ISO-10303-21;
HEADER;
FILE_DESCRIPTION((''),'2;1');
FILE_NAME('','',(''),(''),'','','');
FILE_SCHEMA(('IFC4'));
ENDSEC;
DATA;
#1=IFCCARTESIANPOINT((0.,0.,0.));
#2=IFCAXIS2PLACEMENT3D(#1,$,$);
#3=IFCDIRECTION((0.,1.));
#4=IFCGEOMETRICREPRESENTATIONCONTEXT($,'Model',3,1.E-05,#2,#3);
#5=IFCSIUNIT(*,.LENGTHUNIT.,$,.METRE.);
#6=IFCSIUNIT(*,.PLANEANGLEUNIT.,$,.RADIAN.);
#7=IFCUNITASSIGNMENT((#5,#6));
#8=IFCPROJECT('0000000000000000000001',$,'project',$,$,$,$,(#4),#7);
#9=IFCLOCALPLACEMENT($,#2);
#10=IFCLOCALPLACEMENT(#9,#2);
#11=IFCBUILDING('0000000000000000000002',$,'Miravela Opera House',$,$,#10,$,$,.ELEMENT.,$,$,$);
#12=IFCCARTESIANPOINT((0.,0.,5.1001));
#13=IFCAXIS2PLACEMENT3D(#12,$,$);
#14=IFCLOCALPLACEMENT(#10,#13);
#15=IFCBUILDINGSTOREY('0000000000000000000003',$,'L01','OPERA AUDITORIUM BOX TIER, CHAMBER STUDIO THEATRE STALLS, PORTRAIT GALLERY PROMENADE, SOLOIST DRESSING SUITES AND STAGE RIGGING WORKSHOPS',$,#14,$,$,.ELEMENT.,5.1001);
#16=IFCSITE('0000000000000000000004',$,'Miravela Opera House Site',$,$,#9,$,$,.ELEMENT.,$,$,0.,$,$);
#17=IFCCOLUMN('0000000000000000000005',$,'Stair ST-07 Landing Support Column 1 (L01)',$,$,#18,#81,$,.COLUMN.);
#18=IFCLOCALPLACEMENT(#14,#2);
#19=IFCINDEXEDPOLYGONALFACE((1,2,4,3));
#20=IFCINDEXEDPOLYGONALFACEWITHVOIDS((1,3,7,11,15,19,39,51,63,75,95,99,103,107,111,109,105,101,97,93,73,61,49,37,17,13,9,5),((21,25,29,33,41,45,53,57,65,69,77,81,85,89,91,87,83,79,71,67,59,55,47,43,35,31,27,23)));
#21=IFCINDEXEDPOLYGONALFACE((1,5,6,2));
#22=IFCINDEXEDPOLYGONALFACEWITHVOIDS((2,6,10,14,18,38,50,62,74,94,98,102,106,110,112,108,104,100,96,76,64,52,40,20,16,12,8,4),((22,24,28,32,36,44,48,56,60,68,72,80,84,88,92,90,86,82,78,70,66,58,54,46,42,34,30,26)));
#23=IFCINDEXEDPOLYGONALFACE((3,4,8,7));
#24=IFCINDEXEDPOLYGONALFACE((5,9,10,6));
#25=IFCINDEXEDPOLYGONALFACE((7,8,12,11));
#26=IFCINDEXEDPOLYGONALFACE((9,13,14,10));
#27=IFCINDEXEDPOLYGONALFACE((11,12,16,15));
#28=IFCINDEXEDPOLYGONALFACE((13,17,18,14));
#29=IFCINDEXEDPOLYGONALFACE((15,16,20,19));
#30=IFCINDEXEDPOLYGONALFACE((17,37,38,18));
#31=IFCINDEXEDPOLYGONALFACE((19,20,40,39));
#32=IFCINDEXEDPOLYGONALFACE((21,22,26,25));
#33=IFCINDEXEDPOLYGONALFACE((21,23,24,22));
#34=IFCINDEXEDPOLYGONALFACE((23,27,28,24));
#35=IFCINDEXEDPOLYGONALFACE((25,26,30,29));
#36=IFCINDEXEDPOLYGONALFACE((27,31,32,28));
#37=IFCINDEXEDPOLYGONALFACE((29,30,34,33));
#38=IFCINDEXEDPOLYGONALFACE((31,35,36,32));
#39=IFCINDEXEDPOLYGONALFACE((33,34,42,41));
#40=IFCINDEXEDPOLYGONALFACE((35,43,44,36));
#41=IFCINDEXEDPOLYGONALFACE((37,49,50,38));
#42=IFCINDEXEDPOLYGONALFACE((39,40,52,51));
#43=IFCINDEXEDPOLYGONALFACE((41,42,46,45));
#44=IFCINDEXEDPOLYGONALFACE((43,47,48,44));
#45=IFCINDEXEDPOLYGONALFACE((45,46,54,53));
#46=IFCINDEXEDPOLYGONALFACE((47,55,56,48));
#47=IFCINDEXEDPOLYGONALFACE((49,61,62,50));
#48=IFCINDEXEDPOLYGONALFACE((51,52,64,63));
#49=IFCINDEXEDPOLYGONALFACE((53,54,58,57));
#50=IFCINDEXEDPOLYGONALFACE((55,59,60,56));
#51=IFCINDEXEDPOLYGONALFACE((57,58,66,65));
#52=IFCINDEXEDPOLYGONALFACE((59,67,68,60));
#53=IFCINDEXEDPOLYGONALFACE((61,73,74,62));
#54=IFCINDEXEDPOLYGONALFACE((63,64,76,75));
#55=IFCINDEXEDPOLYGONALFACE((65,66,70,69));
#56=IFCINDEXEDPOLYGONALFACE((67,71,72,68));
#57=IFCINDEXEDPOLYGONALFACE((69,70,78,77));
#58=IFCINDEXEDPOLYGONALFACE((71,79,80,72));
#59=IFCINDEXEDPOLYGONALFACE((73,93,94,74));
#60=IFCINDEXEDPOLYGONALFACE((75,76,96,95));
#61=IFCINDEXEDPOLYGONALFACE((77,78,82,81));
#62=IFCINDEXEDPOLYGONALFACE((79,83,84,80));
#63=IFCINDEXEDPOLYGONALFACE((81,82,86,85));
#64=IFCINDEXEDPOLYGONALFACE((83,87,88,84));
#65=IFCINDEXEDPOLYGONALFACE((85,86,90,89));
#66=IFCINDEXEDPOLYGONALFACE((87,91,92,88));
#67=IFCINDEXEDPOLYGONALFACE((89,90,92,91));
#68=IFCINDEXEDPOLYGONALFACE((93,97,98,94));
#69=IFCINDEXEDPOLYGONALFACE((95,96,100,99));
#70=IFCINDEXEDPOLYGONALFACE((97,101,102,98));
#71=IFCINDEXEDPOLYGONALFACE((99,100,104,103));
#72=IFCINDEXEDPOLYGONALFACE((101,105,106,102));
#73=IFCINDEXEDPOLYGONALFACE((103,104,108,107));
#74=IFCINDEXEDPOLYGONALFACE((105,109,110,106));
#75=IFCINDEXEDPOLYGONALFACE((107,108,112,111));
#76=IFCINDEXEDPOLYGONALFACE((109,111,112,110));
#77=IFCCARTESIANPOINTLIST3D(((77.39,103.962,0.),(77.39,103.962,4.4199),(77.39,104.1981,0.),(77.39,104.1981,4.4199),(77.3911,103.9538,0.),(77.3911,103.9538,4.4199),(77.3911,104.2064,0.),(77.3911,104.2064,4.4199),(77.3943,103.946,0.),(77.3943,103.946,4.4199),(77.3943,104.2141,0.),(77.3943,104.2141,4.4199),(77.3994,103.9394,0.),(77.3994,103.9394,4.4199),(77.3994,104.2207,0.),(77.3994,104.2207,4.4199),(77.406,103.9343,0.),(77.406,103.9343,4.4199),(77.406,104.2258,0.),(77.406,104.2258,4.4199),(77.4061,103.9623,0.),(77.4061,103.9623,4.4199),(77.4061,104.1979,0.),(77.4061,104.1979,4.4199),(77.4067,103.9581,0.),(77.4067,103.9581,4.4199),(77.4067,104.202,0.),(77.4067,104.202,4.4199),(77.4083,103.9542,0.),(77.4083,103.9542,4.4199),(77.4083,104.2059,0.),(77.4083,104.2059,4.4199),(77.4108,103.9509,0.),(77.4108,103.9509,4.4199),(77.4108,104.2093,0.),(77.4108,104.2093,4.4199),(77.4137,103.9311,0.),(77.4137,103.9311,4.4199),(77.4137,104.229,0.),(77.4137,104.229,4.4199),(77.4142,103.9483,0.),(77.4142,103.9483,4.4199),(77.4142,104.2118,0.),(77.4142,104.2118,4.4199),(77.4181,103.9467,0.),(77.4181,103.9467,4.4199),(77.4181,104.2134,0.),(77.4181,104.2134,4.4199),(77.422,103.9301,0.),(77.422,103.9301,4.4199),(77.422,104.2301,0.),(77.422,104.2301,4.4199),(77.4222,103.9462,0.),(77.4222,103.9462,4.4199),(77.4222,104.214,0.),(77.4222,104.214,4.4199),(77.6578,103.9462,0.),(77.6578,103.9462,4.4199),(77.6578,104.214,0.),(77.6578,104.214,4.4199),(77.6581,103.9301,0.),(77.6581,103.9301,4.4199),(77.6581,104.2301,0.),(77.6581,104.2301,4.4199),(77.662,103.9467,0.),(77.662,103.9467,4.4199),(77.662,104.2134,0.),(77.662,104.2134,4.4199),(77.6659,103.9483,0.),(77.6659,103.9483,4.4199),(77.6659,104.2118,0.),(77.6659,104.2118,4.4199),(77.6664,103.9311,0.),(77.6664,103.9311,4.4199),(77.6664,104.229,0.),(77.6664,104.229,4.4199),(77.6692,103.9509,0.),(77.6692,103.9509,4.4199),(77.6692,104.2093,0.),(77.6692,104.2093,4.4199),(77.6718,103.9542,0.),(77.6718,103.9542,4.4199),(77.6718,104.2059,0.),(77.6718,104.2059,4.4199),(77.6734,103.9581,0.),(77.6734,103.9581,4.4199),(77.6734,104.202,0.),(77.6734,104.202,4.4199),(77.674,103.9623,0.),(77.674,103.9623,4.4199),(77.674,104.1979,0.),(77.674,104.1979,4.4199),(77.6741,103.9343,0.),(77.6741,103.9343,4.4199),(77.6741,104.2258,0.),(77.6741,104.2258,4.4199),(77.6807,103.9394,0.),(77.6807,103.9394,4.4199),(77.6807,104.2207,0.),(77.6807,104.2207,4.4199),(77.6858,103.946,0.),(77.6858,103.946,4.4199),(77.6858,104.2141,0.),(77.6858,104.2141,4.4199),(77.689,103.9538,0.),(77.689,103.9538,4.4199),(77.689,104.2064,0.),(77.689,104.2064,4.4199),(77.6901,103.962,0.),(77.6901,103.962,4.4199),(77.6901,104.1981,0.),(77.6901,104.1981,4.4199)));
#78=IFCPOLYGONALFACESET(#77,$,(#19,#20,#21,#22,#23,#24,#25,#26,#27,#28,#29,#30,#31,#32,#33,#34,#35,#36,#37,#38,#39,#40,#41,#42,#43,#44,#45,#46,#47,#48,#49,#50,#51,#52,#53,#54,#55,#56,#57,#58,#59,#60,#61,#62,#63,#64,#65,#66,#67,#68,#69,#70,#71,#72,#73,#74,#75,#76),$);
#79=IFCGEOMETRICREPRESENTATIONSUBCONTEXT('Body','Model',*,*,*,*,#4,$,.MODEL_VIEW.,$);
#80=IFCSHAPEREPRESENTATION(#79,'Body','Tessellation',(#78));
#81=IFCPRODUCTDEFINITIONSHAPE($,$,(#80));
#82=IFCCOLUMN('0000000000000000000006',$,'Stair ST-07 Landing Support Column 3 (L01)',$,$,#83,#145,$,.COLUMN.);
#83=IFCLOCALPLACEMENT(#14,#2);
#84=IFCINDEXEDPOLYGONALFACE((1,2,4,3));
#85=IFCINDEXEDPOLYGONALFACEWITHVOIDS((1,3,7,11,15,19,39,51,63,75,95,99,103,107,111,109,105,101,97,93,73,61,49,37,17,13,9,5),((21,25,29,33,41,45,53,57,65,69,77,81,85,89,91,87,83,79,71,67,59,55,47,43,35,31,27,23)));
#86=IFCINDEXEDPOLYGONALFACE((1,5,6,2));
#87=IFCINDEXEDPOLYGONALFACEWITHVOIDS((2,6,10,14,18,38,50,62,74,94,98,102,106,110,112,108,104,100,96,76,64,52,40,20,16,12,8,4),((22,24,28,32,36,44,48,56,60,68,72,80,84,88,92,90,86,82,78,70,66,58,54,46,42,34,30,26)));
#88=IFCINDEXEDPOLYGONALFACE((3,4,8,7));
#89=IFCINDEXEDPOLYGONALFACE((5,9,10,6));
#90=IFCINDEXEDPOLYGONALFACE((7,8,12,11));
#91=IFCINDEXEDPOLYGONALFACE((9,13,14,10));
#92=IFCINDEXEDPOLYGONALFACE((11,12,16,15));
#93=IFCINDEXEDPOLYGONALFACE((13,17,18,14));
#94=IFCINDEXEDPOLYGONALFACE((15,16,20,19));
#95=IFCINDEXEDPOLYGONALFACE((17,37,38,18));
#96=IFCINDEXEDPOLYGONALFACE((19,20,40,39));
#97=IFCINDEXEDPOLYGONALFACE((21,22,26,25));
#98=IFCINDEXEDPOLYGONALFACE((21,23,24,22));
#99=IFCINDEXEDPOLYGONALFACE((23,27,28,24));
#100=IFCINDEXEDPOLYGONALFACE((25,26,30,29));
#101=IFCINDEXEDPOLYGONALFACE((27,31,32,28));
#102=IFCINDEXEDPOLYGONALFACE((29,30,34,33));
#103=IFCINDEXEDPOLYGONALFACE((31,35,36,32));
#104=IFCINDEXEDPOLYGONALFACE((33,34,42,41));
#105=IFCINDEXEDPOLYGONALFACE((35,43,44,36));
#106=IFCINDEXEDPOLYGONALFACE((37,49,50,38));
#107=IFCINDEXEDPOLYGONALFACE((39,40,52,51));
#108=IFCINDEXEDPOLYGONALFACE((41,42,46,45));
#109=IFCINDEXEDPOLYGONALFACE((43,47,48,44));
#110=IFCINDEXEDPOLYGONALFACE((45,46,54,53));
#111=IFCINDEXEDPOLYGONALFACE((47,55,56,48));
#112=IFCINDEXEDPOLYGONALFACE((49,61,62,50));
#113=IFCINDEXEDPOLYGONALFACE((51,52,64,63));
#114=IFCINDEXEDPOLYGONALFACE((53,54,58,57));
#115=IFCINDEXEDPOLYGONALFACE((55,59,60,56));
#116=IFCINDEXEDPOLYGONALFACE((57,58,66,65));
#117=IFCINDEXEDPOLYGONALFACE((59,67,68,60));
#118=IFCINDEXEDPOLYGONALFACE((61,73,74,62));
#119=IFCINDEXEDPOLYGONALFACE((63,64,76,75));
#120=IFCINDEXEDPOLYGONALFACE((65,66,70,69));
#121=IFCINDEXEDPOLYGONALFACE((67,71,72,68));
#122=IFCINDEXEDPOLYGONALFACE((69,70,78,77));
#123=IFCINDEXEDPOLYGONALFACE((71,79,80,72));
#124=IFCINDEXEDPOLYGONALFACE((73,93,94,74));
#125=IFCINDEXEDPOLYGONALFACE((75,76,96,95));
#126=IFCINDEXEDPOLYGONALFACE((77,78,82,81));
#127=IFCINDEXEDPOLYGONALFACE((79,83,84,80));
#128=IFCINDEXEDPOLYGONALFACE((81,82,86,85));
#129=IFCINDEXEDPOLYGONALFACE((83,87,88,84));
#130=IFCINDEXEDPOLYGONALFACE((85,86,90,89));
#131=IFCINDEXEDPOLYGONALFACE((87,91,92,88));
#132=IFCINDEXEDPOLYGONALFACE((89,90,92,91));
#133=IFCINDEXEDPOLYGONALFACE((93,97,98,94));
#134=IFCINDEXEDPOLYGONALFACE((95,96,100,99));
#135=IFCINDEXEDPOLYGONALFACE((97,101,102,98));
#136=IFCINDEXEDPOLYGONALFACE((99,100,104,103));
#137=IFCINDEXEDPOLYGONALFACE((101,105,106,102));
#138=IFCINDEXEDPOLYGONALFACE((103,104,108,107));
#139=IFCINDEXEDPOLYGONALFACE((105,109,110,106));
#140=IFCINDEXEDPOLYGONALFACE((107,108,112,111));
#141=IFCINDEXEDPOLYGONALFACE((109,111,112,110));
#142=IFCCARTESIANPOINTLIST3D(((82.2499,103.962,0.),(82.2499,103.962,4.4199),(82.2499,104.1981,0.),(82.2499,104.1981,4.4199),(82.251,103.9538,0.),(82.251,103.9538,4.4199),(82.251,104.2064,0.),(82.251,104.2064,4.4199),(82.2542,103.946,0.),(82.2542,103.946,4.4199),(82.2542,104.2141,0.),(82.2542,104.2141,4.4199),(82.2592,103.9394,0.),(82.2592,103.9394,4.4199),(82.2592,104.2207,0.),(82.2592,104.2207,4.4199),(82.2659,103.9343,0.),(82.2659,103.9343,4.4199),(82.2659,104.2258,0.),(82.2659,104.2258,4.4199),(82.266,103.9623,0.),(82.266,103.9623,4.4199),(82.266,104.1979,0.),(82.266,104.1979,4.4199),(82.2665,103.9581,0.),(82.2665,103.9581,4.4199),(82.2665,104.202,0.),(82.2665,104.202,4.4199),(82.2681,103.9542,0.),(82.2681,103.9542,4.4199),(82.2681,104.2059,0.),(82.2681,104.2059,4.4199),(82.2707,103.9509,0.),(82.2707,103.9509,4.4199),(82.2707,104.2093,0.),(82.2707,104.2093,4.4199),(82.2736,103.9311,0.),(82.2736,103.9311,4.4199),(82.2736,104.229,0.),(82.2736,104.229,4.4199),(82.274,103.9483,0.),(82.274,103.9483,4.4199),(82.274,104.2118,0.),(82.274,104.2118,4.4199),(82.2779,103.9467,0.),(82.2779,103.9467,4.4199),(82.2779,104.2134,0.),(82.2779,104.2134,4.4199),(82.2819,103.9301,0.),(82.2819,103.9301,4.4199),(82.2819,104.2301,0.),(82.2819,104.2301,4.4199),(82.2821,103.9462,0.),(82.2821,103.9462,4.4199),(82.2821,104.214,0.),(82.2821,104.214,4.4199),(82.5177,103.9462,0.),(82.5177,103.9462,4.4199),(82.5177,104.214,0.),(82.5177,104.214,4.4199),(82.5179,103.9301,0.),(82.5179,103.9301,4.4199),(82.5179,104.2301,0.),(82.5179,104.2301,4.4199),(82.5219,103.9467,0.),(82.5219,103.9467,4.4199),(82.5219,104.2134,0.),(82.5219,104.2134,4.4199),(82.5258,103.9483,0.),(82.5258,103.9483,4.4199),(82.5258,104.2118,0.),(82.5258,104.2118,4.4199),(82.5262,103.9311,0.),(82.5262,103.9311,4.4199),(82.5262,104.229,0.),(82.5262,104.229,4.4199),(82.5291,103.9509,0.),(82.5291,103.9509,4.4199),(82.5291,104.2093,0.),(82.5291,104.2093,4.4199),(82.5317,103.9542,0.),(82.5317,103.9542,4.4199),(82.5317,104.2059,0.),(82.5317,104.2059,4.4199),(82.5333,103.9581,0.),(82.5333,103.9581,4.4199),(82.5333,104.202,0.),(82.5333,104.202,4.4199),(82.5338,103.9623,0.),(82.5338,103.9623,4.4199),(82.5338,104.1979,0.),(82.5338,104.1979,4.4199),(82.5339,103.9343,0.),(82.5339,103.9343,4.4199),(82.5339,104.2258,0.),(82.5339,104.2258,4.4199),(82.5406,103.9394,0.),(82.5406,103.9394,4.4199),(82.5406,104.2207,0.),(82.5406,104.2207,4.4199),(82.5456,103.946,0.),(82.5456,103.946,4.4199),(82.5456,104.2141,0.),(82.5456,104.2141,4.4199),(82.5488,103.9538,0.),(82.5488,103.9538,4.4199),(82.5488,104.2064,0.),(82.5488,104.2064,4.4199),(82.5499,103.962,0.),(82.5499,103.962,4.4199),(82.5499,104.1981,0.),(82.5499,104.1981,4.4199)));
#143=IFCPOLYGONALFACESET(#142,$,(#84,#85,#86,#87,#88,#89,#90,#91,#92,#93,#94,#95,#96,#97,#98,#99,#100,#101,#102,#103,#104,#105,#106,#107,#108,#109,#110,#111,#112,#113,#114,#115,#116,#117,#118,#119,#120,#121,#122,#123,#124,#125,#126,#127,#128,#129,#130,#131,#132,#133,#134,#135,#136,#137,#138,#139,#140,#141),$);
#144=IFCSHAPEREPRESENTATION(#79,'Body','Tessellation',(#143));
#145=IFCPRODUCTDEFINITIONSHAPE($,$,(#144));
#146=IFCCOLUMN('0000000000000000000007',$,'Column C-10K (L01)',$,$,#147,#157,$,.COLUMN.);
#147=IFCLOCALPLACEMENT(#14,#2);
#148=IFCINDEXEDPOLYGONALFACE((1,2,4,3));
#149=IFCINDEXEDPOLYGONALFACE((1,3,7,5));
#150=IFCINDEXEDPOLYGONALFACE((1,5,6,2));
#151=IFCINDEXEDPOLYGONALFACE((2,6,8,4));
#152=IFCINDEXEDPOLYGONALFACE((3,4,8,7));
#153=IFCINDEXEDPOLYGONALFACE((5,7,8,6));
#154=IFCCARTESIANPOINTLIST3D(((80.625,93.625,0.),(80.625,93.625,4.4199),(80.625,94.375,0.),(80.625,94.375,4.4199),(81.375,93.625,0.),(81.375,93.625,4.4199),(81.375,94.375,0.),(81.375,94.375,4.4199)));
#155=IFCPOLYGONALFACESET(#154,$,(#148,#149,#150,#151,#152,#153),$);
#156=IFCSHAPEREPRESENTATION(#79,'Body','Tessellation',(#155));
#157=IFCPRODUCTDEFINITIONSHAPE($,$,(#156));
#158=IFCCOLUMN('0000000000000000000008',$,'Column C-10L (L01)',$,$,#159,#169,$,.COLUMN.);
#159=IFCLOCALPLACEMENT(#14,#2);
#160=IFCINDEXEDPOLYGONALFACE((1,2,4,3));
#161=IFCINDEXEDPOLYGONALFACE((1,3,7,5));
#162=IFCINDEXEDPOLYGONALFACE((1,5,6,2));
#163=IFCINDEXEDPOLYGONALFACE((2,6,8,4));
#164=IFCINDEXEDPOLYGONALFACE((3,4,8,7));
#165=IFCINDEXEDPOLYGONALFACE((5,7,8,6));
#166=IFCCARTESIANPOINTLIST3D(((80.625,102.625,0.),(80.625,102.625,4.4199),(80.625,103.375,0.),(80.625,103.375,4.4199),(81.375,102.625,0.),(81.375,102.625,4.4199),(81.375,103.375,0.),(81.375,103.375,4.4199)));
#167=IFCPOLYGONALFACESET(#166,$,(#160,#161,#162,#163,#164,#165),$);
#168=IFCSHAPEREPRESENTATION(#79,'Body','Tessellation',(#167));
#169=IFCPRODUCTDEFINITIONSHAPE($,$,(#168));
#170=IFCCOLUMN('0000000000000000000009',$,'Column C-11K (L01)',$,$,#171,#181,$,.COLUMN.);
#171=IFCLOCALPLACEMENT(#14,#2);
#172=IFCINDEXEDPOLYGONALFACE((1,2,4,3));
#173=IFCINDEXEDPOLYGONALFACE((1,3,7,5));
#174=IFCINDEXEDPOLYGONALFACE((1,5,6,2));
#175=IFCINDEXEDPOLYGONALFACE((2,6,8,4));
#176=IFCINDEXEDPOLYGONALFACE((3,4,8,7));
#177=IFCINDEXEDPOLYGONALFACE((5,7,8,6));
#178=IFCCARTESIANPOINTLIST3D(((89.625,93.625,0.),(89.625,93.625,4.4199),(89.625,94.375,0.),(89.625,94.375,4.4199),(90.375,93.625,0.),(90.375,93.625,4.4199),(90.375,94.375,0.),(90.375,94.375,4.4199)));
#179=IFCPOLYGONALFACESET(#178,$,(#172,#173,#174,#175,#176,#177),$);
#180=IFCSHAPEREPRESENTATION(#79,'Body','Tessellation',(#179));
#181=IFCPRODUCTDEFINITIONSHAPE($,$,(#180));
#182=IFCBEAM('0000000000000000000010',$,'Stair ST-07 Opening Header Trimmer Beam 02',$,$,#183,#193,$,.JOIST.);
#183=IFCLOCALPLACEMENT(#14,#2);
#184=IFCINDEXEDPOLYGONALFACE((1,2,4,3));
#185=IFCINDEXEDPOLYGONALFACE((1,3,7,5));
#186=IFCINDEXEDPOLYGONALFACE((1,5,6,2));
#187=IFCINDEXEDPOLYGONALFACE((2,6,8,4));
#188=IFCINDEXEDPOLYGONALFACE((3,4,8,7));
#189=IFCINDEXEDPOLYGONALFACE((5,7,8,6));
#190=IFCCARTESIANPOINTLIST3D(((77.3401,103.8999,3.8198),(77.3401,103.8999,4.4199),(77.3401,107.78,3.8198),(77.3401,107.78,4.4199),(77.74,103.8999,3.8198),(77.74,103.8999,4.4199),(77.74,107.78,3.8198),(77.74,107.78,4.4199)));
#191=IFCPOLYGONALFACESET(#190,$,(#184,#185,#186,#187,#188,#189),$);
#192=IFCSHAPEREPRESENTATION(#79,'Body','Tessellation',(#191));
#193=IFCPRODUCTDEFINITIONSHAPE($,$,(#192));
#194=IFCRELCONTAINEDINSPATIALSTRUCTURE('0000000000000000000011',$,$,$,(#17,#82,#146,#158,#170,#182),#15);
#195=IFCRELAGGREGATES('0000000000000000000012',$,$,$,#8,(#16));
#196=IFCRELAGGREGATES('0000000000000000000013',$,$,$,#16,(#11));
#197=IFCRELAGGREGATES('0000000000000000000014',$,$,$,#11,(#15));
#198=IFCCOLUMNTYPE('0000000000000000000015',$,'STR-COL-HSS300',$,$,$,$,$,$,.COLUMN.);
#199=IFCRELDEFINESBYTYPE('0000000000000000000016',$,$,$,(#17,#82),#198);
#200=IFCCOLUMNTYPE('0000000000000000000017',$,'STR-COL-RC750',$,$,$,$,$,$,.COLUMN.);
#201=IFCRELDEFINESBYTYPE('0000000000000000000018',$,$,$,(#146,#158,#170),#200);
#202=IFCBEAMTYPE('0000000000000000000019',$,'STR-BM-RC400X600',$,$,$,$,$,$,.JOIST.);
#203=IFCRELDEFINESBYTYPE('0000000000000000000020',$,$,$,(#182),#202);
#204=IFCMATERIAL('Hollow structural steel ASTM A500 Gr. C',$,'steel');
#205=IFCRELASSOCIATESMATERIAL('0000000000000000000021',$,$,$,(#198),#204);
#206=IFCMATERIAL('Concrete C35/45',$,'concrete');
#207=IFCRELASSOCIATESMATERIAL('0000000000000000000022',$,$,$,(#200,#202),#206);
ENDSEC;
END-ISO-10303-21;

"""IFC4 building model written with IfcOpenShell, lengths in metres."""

from ifc_helpers import new_model, si_unit, direction, frame, origin, origin_2d, place, context, subcontext, project, spatial, rectangle, hollow_rectangle, extrude, material, material_profile, profile_set, type_object, element, save


model = new_model("IFC4")

# Units and contexts
model_context = context("Model", 3, precision=1e-05, world=origin(), true_north=direction((0.0, 1.0)))
body_context = subcontext(model_context, "Body", "Model", "MODEL_VIEW")
ifc_project = project(units=[si_unit("LENGTHUNIT", "METRE"), si_unit("PLANEANGLEUNIT", "RADIAN")], contexts=[model_context])

# Site, building, storey
site_placement = place(None, origin())
site = spatial("IfcSite", under=ifc_project, at=site_placement, Name="Miravela Opera House Site", CompositionType="ELEMENT", RefElevation=0.0)
building_placement = place(site_placement, origin())
building = spatial("IfcBuilding", under=site, at=building_placement, Name="Miravela Opera House", CompositionType="ELEMENT")
storey_placement = place(building_placement, frame((0.0, 0.0, 5.1001)))
storey = spatial("IfcBuildingStorey", under=building, at=storey_placement, Name="L01", Description="OPERA AUDITORIUM BOX TIER, CHAMBER STUDIO THEATRE STALLS, PORTRAIT GALLERY PROMENADE, SOLOIST DRESSING SUITES AND STAGE RIGGING WORKSHOPS", CompositionType="ELEMENT", Elevation=5.1001)

# Columns
ifc_material_1 = material(Name="Hollow structural steel ASTM A500 Gr. C", Category="steel")
ifc_material_profile_1 = material_profile(ifc_material_1, hollow_rectangle(XDim=0.3, YDim=0.3, WallThickness=0.0161, InnerFilletRadius=0.0161, OuterFilletRadius=0.032, at=origin_2d()), Name="HSS300X300X16")
ifc_profile_set_1 = profile_set([ifc_material_profile_1])
column_type_1 = type_object("IfcColumnType", Name="STR-COL-HSS300", PredefinedType="COLUMN", material=ifc_profile_set_1)
for number, where, z_axis, x_axis, name in (
    (1, (77.54, 104.0801, 0.0), (0.0, 0.0, 1.0), (1.0, 0.0, 0.0), "Stair ST-07 Landing Support Column 1 (L01)"),
    (2, (82.3999, 104.0801, 0.0), (0.0, 0.0, 1.0), (1.0, 0.0, 0.0), "Stair ST-07 Landing Support Column 3 (L01)"),
):
    element("IfcColumn", number, at=place(storey_placement, frame(where, z_axis=z_axis, x_axis=x_axis)), inside=storey, type_object=column_type_1, Name=name, PredefinedType="COLUMN", context=body_context, shape_type="SweptSolid", body=[
        extrude(hollow_rectangle(XDim=0.3, YDim=0.3, WallThickness=0.0161, InnerFilletRadius=0.0161, OuterFilletRadius=0.032, at=origin_2d()), origin(), (0.0, 0.0, 1.0), 4.4199),
    ])
ifc_material_2 = material(Name="Concrete C35/45", Category="concrete")
ifc_material_profile_2 = material_profile(ifc_material_2, rectangle(XDim=0.75, YDim=0.75, at=origin_2d()), Name="RC-COL-750X750")
ifc_profile_set_2 = profile_set([ifc_material_profile_2])
column_type_2 = type_object("IfcColumnType", Name="STR-COL-RC750", PredefinedType="COLUMN", material=ifc_profile_set_2)
for number, where, z_axis, x_axis, name in (
    (3, (81.0, 94.0, 0.0), (0.0, 0.0, 1.0), (1.0, 0.0, 0.0), "Column C-10K (L01)"),
    (4, (81.0, 103.0, 0.0), (0.0, 0.0, 1.0), (1.0, 0.0, 0.0), "Column C-10L (L01)"),
    (5, (90.0, 94.0, 0.0), (0.0, 0.0, 1.0), (1.0, 0.0, 0.0), "Column C-11K (L01)"),
):
    element("IfcColumn", number, at=place(storey_placement, frame(where, z_axis=z_axis, x_axis=x_axis)), inside=storey, type_object=column_type_2, Name=name, PredefinedType="COLUMN", context=body_context, shape_type="SweptSolid", body=[
        extrude(rectangle(XDim=0.75, YDim=0.75, at=origin_2d()), origin(), (0.0, 0.0, 1.0), 4.4199),
    ])

# Beam
ifc_material_profile_3 = material_profile(ifc_material_2, rectangle(XDim=0.3999, YDim=0.6001, at=origin_2d()), Name="RC-BM-400X600")
ifc_profile_set_3 = profile_set([ifc_material_profile_3])
beam_type_1 = type_object("IfcBeamType", Name="STR-BM-RC400X600", PredefinedType="JOIST", material=ifc_profile_set_3)
beam_1_placement = place(storey_placement, frame((77.54, 103.8999, 4.1199), z_axis=(0.0, 1.0, 0.0), x_axis=(-1.0, 0.0, 0.0)))
element("IfcBeam", 6, at=beam_1_placement, inside=storey, type_object=beam_type_1, Name="Stair ST-07 Opening Header Trimmer Beam 02", PredefinedType="JOIST", context=body_context, shape_type="SweptSolid", body=[
    extrude(rectangle(XDim=0.3999, YDim=0.6001, at=origin_2d()), origin(), (0.0, 0.0, 1.0), 3.8801),
])

save(model, "model.ifc")
